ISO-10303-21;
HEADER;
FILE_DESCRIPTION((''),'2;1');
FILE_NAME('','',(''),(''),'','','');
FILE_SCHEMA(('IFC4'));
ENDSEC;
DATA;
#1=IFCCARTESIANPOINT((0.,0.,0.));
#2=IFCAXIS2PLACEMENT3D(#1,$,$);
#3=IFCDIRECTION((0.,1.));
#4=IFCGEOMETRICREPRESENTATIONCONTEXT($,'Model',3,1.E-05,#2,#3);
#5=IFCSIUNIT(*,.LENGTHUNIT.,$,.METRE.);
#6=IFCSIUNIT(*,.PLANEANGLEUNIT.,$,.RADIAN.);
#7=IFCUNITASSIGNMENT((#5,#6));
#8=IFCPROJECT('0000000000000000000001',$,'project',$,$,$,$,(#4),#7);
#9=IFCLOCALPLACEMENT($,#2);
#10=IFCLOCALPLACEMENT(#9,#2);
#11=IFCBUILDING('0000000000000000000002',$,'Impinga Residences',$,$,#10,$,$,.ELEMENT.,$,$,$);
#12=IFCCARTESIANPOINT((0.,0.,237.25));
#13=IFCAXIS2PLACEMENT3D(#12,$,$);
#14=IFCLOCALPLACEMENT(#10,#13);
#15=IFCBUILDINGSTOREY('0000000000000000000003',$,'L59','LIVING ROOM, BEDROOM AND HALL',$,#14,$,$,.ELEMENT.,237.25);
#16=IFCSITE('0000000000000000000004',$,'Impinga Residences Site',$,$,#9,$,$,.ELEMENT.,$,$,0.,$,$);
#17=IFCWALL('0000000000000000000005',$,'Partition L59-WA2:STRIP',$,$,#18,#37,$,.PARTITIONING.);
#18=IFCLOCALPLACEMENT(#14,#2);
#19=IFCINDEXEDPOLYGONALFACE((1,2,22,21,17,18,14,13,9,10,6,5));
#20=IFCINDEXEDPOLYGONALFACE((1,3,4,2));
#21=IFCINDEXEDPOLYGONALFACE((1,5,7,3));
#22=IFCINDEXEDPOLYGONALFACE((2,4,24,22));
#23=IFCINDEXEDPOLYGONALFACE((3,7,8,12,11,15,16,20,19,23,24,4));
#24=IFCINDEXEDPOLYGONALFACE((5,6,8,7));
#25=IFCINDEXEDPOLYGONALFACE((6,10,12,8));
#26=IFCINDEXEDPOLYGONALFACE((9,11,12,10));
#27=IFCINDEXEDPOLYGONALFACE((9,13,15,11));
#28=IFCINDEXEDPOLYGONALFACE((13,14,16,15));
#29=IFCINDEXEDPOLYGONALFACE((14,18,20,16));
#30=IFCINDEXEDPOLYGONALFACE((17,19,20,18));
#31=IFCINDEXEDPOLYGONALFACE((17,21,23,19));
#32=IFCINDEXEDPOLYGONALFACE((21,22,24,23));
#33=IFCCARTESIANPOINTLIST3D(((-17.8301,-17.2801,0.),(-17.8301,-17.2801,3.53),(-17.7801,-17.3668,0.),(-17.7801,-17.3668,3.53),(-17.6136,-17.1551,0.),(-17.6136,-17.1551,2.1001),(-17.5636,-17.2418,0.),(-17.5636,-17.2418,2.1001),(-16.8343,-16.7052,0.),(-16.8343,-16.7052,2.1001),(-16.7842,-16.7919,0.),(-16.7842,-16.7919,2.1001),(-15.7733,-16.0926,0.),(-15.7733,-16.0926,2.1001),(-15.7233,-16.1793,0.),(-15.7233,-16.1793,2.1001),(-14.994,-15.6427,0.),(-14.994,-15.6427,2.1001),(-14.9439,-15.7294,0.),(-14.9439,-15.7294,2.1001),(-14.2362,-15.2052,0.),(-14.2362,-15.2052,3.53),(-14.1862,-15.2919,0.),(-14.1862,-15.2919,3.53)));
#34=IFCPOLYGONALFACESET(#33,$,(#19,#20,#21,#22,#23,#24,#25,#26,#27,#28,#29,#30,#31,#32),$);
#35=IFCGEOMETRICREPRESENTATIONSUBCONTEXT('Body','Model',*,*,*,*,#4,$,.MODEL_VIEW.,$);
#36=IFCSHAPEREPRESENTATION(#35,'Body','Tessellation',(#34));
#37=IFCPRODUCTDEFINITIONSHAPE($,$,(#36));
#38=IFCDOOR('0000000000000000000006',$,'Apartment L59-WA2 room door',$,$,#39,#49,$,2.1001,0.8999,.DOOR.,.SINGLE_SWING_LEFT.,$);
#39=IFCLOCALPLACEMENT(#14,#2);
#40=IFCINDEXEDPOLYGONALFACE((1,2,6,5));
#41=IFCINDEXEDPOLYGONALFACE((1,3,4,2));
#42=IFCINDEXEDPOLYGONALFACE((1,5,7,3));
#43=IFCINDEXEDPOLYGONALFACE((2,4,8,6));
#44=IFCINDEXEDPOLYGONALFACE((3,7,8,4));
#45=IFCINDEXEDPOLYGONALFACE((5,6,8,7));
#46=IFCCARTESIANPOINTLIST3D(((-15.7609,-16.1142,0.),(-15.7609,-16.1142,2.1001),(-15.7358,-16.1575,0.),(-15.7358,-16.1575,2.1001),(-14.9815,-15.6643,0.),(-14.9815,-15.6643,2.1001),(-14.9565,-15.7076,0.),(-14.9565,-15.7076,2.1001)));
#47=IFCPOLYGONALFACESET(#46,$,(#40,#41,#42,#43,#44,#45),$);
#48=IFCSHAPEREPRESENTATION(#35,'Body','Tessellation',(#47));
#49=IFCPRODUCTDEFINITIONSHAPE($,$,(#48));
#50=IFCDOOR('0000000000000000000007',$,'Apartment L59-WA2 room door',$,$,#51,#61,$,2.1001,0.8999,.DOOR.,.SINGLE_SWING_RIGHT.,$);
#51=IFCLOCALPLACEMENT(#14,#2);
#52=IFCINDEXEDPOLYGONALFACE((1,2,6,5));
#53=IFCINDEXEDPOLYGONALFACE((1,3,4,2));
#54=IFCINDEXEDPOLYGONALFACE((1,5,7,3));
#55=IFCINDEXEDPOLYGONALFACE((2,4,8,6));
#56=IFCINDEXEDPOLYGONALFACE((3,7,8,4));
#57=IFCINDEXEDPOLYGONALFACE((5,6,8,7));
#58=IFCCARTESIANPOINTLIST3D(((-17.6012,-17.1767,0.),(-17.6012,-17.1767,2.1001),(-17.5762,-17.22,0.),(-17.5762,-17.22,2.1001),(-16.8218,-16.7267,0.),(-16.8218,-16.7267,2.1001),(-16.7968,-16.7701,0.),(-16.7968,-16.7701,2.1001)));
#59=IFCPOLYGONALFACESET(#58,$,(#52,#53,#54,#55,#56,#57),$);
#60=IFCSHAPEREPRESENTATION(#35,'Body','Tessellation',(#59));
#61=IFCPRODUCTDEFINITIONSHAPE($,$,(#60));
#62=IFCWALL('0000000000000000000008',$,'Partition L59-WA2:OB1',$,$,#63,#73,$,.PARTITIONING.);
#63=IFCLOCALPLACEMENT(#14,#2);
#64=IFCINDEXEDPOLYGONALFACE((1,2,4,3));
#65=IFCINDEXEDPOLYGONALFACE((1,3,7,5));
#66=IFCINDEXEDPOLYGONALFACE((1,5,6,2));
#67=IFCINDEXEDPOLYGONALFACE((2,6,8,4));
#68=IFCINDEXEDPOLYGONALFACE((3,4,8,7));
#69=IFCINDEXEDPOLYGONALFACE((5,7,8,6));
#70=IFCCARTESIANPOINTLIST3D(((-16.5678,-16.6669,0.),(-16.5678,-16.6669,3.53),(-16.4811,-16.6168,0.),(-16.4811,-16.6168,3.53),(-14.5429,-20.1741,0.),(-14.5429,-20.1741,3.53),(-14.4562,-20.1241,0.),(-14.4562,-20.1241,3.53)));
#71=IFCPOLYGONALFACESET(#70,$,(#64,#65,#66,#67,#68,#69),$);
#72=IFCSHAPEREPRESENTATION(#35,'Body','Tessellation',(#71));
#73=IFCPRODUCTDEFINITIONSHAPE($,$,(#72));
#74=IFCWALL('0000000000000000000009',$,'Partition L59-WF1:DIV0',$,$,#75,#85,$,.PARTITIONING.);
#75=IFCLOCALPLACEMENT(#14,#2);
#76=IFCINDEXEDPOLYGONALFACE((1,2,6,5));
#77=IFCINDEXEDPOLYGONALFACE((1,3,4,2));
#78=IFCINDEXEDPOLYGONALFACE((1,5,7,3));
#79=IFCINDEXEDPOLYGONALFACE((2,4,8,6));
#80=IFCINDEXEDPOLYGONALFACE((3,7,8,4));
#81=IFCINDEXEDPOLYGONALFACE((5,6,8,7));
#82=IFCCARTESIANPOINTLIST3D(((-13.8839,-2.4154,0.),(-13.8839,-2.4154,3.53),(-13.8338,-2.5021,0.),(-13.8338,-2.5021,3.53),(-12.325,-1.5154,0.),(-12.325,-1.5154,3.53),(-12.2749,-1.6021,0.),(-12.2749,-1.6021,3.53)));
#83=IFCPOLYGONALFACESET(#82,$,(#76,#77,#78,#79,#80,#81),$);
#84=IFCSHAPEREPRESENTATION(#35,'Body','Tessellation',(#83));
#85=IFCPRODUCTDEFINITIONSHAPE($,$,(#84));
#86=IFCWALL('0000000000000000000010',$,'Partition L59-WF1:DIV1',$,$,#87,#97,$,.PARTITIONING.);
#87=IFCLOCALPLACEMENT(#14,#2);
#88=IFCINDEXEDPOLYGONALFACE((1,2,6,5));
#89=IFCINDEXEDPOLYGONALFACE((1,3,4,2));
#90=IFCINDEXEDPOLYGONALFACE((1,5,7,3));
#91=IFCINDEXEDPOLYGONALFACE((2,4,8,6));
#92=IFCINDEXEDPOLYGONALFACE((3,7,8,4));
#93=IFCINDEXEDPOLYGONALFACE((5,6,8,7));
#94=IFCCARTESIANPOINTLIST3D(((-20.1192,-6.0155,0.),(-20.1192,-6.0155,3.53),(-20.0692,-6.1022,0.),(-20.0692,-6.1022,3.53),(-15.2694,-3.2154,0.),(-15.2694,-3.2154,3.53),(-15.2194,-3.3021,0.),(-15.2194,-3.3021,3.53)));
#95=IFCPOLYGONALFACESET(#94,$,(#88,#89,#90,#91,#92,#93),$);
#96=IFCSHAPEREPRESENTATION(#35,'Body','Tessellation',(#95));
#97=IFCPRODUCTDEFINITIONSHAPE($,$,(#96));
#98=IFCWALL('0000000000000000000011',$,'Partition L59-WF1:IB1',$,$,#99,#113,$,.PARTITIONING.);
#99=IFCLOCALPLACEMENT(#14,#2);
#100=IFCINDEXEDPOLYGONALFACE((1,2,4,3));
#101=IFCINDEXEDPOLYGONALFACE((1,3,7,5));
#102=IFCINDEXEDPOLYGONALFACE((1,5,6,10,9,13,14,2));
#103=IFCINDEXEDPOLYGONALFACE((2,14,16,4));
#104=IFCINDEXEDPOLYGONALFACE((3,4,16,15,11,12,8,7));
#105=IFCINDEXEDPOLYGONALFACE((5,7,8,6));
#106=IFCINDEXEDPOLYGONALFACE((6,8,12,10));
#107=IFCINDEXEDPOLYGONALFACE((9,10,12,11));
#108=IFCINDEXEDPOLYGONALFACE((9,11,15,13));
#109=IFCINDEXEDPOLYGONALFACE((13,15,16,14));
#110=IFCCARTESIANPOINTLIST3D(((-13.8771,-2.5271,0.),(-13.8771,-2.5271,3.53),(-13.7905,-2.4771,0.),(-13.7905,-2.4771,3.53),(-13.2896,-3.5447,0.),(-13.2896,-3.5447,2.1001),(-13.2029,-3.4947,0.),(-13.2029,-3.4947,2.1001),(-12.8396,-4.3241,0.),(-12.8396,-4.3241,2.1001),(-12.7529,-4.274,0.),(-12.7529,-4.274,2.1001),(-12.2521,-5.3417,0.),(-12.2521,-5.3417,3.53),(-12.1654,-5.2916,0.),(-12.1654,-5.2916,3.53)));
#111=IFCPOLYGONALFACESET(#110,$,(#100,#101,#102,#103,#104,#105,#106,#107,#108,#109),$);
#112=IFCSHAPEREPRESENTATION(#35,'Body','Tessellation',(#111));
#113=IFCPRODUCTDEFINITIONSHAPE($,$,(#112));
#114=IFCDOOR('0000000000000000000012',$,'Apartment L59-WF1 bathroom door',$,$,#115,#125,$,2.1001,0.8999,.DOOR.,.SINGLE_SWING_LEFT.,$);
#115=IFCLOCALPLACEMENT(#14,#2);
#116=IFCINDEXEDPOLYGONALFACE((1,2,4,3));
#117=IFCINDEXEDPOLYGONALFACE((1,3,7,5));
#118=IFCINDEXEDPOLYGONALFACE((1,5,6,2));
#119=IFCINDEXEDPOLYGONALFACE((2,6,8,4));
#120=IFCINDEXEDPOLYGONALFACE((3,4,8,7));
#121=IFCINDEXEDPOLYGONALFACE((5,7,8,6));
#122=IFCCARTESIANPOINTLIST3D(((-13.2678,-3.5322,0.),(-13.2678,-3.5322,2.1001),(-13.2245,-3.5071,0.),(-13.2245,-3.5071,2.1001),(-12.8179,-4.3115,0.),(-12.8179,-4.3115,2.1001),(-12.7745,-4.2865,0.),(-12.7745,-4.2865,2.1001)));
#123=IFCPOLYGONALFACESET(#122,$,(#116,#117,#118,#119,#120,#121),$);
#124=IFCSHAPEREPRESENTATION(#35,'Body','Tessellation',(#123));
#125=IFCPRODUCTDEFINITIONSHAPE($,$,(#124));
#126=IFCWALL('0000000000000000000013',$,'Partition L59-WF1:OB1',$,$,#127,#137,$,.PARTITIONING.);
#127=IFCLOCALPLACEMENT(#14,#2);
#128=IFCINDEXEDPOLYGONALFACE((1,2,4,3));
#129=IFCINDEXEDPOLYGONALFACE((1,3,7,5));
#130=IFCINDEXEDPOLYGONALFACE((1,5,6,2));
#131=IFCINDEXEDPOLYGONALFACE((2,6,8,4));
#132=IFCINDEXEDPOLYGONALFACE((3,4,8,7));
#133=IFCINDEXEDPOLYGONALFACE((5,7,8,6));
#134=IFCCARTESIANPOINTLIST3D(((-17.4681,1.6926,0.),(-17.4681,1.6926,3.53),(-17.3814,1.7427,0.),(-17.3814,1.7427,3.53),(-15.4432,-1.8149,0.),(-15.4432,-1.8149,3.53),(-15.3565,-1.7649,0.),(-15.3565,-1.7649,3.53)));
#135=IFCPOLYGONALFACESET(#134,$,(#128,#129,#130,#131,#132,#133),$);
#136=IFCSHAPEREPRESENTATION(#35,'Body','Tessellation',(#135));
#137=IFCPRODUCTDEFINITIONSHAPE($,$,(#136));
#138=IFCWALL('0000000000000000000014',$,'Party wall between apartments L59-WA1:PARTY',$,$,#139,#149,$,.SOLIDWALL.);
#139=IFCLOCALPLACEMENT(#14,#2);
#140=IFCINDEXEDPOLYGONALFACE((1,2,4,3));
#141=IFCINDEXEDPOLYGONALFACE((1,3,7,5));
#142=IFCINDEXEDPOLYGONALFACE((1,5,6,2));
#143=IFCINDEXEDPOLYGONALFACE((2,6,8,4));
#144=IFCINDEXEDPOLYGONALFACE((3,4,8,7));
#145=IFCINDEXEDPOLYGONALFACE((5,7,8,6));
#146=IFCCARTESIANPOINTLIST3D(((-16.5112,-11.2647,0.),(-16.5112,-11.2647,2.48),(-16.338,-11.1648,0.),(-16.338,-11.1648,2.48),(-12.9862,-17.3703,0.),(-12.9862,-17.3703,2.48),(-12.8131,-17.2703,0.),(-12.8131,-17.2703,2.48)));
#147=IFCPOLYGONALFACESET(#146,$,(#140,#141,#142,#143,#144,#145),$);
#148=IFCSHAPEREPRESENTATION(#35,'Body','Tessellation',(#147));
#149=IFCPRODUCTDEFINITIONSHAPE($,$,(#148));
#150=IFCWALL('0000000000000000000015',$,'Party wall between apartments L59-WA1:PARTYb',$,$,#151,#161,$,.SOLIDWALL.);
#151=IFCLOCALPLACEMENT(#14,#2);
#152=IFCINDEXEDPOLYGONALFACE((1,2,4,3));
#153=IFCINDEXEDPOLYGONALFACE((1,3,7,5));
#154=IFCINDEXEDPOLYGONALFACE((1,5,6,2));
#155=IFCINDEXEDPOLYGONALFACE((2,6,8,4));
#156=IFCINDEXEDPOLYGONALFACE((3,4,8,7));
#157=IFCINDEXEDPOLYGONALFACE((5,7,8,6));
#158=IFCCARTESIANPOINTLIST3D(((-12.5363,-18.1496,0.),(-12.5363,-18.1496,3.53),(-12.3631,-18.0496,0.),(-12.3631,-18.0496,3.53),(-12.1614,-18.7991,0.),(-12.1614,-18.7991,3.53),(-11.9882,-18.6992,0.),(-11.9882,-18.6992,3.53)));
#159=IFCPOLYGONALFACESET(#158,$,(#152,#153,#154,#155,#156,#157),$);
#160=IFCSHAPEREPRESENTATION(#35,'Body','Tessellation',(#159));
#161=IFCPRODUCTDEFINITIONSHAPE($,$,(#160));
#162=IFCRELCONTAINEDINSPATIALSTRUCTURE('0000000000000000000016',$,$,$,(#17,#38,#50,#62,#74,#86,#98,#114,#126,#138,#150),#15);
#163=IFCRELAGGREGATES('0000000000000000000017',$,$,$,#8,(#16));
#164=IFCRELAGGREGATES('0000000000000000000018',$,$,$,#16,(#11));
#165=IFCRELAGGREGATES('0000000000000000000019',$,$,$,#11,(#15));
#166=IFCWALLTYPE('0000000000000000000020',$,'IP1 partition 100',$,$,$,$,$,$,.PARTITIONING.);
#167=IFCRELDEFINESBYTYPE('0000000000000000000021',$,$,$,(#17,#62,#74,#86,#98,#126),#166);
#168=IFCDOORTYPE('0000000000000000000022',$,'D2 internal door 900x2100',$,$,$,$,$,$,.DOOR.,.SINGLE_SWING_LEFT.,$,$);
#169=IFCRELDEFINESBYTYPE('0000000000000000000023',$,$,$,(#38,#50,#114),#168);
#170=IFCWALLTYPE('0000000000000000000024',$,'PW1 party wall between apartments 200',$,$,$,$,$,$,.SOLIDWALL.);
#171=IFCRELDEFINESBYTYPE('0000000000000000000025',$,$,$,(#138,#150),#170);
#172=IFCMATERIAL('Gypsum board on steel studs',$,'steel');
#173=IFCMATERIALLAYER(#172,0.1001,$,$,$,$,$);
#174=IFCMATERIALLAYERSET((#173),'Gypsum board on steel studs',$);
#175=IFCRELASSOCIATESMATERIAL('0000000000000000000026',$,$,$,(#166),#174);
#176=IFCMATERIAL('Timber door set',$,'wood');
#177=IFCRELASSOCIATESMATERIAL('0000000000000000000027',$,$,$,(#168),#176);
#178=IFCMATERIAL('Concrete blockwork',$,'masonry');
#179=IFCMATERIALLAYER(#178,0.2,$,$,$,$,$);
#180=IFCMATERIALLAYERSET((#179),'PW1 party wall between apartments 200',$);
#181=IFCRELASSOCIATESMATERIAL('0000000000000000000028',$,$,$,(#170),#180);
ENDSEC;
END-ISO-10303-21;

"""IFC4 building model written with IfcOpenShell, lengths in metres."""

from ifc_helpers import new_model, si_unit, direction, frame, frame_2d, origin, place, context, subcontext, project, spatial, rectangle, extrude, material, layer, layer_set, type_object, element, fill, save


model = new_model("IFC4")

# Units and contexts
model_context = context("Model", 3, precision=1e-05, world=origin(), true_north=direction((0.0, 1.0)))
body_context = subcontext(model_context, "Body", "Model", "MODEL_VIEW")
ifc_project = project(units=[si_unit("LENGTHUNIT", "METRE"), si_unit("PLANEANGLEUNIT", "RADIAN")], contexts=[model_context])

# Site, building, storey
site_placement = place(None, origin())
site = spatial("IfcSite", under=ifc_project, at=site_placement, Name="Impinga Residences Site", CompositionType="ELEMENT", RefElevation=0.0)
building_placement = place(site_placement, origin())
building = spatial("IfcBuilding", under=site, at=building_placement, Name="Impinga Residences", CompositionType="ELEMENT")
storey_placement = place(building_placement, frame((0.0, 0.0, 237.25)))
storey = spatial("IfcBuildingStorey", under=building, at=storey_placement, Name="L59", Description="LIVING ROOM, BEDROOM AND HALL", CompositionType="ELEMENT", Elevation=237.25)

# Shared definitions
ifc_material_1 = material(Name="Gypsum board on steel studs", Category="steel")
ifc_layer_1 = layer(ifc_material_1, 0.1001)
ifc_layer_set_1 = layer_set([ifc_layer_1], Name="Gypsum board on steel studs")
wall_type_1 = type_object("IfcWallType", Name="IP1 partition 100", PredefinedType="PARTITIONING", material=ifc_layer_set_1)

# Shared definitions
ifc_material_2 = material(Name="Timber door set", Category="wood")
door_type = type_object("IfcDoorType", Name="D2 internal door 900x2100", OperationType="SINGLE_SWING_LEFT", PredefinedType="DOOR", material=ifc_material_2)

# Wall, openings, doors
wall_1_placement = place(storey_placement, frame((-14.2112, -15.2485, 0.0), z_axis=(0.0, 0.0, 1.0), x_axis=(-0.86603, -0.499992, 0.0)))
wall_1 = element("IfcWall", 1, at=wall_1_placement, inside=storey, type_object=wall_type_1, Name="Partition L59-WA2:STRIP", PredefinedType="PARTITIONING", context=body_context, shape_type="SweptSolid", body=[
    extrude(rectangle(XDim=4.1499, YDim=0.1001, at=frame_2d((2.075, 0.0))), origin(), (0.0, 0.0, 1.0), 3.53),
])
opening_1_placement = place(wall_1_placement, frame((0.875, 0.0, 0.0)))
opening_1 = element("IfcOpeningElement", 2, at=opening_1_placement, cuts=wall_1, PredefinedType="OPENING", context=body_context, shape_type="SweptSolid", body=[
    extrude(rectangle(XDim=0.8999, YDim=2.1001, at=frame_2d((0.45, 1.05))), frame((0.0, 0.0601, 0.0), z_axis=(0.0, -1.0, 0.0), x_axis=(1.0, 0.0, 0.0)), (0.0, 0.0, 1.0), 0.1201),
])
opening_2_placement = place(wall_1_placement, frame((3.0, 0.0, 0.0)))
opening_2 = element("IfcOpeningElement", 3, at=opening_2_placement, cuts=wall_1, PredefinedType="OPENING", context=body_context, shape_type="SweptSolid", body=[
    extrude(rectangle(XDim=0.8999, YDim=2.1001, at=frame_2d((0.45, 1.05))), frame((0.0, 0.0601, 0.0), z_axis=(0.0, -1.0, 0.0), x_axis=(1.0, 0.0, 0.0)), (0.0, 0.0, 1.0), 0.1201),
])
door_1_placement = place(opening_1_placement, origin())
door_1 = element("IfcDoor", 4, at=door_1_placement, inside=storey, type_object=door_type, Name="Apartment L59-WA2 room door", OperationType="SINGLE_SWING_LEFT", OverallHeight=2.1001, OverallWidth=0.8999, PredefinedType="DOOR", context=body_context, shape_type="SweptSolid", body=[
    extrude(rectangle(XDim=0.8999, YDim=2.1001, at=frame_2d((0.45, 1.05))), frame((0.0, 0.0249, 0.0), z_axis=(0.0, -1.0, 0.0), x_axis=(1.0, 0.0, 0.0)), (0.0, 0.0, 1.0), 0.05),
])
fill(opening_1, door_1)
door_2_placement = place(opening_2_placement, origin())
door_2 = element("IfcDoor", 5, at=door_2_placement, inside=storey, type_object=door_type, Name="Apartment L59-WA2 room door", OperationType="SINGLE_SWING_RIGHT", OverallHeight=2.1001, OverallWidth=0.8999, PredefinedType="DOOR", context=body_context, shape_type="SweptSolid", body=[
    extrude(rectangle(XDim=0.8999, YDim=2.1001, at=frame_2d((0.45, 1.05))), frame((0.0, 0.0249, 0.0), z_axis=(0.0, -1.0, 0.0), x_axis=(1.0, 0.0, 0.0)), (0.0, 0.0, 1.0), 0.05),
])
fill(opening_2, door_2)

# Walls
wall_2_placement = place(storey_placement, frame((-16.5244, -16.6418, 0.0), z_axis=(0.0, 0.0, 1.0), x_axis=(0.49999, -0.866031, 0.0)))
element("IfcWall", 6, at=wall_2_placement, inside=storey, type_object=wall_type_1, Name="Partition L59-WA2:OB1", PredefinedType="PARTITIONING", context=body_context, shape_type="SweptSolid", body=[
    extrude(rectangle(XDim=4.0498, YDim=0.1001, at=frame_2d((2.0249, 0.0))), origin(), (0.0, 0.0, 1.0), 3.53),
])
wall_3_placement = place(storey_placement, frame((-12.3, -1.5588, 0.0), z_axis=(0.0, 0.0, 1.0), x_axis=(-0.866048, -0.499961, 0.0)))
element("IfcWall", 7, at=wall_3_placement, inside=storey, type_object=wall_type_1, Name="Partition L59-WF1:DIV0", PredefinedType="PARTITIONING", context=body_context, shape_type="SweptSolid", body=[
    extrude(rectangle(XDim=1.8, YDim=0.1001, at=frame_2d((0.8999, 0.0))), origin(), (0.0, 0.0, 1.0), 3.53),
])
wall_4_placement = place(storey_placement, frame((-15.2444, -3.2588, 0.0), z_axis=(0.0, 0.0, 1.0), x_axis=(-0.866027, -0.499998, 0.0)))
element("IfcWall", 8, at=wall_4_placement, inside=storey, type_object=wall_type_1, Name="Partition L59-WF1:DIV1", PredefinedType="PARTITIONING", context=body_context, shape_type="SweptSolid", body=[
    extrude(rectangle(XDim=5.6001, YDim=0.1001, at=frame_2d((2.8, 0.0))), origin(), (0.0, 0.0, 1.0), 3.53),
])

# Wall, opening, door
wall_5_placement = place(storey_placement, frame((-12.2087, -5.3167, 0.0), z_axis=(0.0, 0.0, 1.0), x_axis=(-0.500017, 0.866015, 0.0)))
wall_5 = element("IfcWall", 9, at=wall_5_placement, inside=storey, type_object=wall_type_1, Name="Partition L59-WF1:IB1", PredefinedType="PARTITIONING", context=body_context, shape_type="SweptSolid", body=[
    extrude(rectangle(XDim=3.25, YDim=0.1001, at=frame_2d((1.625, 0.0))), origin(), (0.0, 0.0, 1.0), 3.53),
])
opening_3_placement = place(wall_5_placement, frame((1.175, 0.0, 0.0)))
opening_3 = element("IfcOpeningElement", 10, at=opening_3_placement, cuts=wall_5, PredefinedType="OPENING", context=body_context, shape_type="SweptSolid", body=[
    extrude(rectangle(XDim=0.8999, YDim=2.1001, at=frame_2d((0.45, 1.05))), frame((0.0, 0.0601, 0.0), z_axis=(0.0, -1.0, 0.0), x_axis=(1.0, 0.0, 0.0)), (0.0, 0.0, 1.0), 0.1201),
])
door_3_placement = place(opening_3_placement, origin())
door_3 = element("IfcDoor", 11, at=door_3_placement, inside=storey, type_object=door_type, Name="Apartment L59-WF1 bathroom door", OperationType="SINGLE_SWING_LEFT", OverallHeight=2.1001, OverallWidth=0.8999, PredefinedType="DOOR", context=body_context, shape_type="SweptSolid", body=[
    extrude(rectangle(XDim=0.8999, YDim=2.1001, at=frame_2d((0.45, 1.05))), frame((0.0, 0.0249, 0.0), z_axis=(0.0, -1.0, 0.0), x_axis=(1.0, 0.0, 0.0)), (0.0, 0.0, 1.0), 0.05),
])
fill(opening_3, door_3)

# Walls
wall_6_placement = place(storey_placement, frame((-15.3999, -1.7898, 0.0), z_axis=(0.0, 0.0, 1.0), x_axis=(-0.499964, 0.866046, 0.0)))
element("IfcWall", 12, at=wall_6_placement, inside=storey, type_object=wall_type_1, Name="Partition L59-WF1:OB1", PredefinedType="PARTITIONING", context=body_context, shape_type="SweptSolid", body=[
    extrude(rectangle(XDim=4.05, YDim=0.1001, at=frame_2d((2.0249, 0.0))), origin(), (0.0, 0.0, 1.0), 3.53),
])
ifc_material_3 = material(Name="Concrete blockwork", Category="masonry")
ifc_layer_2 = layer(ifc_material_3, 0.2)
ifc_layer_set_2 = layer_set([ifc_layer_2], Name="PW1 party wall between apartments 200")
wall_type_2 = type_object("IfcWallType", Name="PW1 party wall between apartments 200", PredefinedType="SOLIDWALL", material=ifc_layer_set_2)
wall_7_placement = place(storey_placement, frame((-16.4246, -11.2148, 0.0), z_axis=(0.0, 0.0, 1.0), x_axis=(0.49999, -0.866031, 0.0)))
element("IfcWall", 13, at=wall_7_placement, inside=storey, type_object=wall_type_2, Name="Party wall between apartments L59-WA1:PARTY", PredefinedType="SOLIDWALL", context=body_context, shape_type="SweptSolid", body=[
    extrude(rectangle(XDim=7.05, YDim=0.2, at=frame_2d((3.5249, 0.0))), origin(), (0.0, 0.0, 1.0), 2.48),
])
wall_8_placement = place(storey_placement, frame((-12.4497, -18.0996, 0.0), z_axis=(0.0, 0.0, 1.0), x_axis=(0.49992, -0.866072, 0.0)))
element("IfcWall", 14, at=wall_8_placement, inside=storey, type_object=wall_type_2, Name="Party wall between apartments L59-WA1:PARTYb", PredefinedType="SOLIDWALL", context=body_context, shape_type="SweptSolid", body=[
    extrude(rectangle(XDim=0.75, YDim=0.2, at=frame_2d((0.375, 0.0))), origin(), (0.0, 0.0, 1.0), 3.53),
])

save(model, "model.ifc")
